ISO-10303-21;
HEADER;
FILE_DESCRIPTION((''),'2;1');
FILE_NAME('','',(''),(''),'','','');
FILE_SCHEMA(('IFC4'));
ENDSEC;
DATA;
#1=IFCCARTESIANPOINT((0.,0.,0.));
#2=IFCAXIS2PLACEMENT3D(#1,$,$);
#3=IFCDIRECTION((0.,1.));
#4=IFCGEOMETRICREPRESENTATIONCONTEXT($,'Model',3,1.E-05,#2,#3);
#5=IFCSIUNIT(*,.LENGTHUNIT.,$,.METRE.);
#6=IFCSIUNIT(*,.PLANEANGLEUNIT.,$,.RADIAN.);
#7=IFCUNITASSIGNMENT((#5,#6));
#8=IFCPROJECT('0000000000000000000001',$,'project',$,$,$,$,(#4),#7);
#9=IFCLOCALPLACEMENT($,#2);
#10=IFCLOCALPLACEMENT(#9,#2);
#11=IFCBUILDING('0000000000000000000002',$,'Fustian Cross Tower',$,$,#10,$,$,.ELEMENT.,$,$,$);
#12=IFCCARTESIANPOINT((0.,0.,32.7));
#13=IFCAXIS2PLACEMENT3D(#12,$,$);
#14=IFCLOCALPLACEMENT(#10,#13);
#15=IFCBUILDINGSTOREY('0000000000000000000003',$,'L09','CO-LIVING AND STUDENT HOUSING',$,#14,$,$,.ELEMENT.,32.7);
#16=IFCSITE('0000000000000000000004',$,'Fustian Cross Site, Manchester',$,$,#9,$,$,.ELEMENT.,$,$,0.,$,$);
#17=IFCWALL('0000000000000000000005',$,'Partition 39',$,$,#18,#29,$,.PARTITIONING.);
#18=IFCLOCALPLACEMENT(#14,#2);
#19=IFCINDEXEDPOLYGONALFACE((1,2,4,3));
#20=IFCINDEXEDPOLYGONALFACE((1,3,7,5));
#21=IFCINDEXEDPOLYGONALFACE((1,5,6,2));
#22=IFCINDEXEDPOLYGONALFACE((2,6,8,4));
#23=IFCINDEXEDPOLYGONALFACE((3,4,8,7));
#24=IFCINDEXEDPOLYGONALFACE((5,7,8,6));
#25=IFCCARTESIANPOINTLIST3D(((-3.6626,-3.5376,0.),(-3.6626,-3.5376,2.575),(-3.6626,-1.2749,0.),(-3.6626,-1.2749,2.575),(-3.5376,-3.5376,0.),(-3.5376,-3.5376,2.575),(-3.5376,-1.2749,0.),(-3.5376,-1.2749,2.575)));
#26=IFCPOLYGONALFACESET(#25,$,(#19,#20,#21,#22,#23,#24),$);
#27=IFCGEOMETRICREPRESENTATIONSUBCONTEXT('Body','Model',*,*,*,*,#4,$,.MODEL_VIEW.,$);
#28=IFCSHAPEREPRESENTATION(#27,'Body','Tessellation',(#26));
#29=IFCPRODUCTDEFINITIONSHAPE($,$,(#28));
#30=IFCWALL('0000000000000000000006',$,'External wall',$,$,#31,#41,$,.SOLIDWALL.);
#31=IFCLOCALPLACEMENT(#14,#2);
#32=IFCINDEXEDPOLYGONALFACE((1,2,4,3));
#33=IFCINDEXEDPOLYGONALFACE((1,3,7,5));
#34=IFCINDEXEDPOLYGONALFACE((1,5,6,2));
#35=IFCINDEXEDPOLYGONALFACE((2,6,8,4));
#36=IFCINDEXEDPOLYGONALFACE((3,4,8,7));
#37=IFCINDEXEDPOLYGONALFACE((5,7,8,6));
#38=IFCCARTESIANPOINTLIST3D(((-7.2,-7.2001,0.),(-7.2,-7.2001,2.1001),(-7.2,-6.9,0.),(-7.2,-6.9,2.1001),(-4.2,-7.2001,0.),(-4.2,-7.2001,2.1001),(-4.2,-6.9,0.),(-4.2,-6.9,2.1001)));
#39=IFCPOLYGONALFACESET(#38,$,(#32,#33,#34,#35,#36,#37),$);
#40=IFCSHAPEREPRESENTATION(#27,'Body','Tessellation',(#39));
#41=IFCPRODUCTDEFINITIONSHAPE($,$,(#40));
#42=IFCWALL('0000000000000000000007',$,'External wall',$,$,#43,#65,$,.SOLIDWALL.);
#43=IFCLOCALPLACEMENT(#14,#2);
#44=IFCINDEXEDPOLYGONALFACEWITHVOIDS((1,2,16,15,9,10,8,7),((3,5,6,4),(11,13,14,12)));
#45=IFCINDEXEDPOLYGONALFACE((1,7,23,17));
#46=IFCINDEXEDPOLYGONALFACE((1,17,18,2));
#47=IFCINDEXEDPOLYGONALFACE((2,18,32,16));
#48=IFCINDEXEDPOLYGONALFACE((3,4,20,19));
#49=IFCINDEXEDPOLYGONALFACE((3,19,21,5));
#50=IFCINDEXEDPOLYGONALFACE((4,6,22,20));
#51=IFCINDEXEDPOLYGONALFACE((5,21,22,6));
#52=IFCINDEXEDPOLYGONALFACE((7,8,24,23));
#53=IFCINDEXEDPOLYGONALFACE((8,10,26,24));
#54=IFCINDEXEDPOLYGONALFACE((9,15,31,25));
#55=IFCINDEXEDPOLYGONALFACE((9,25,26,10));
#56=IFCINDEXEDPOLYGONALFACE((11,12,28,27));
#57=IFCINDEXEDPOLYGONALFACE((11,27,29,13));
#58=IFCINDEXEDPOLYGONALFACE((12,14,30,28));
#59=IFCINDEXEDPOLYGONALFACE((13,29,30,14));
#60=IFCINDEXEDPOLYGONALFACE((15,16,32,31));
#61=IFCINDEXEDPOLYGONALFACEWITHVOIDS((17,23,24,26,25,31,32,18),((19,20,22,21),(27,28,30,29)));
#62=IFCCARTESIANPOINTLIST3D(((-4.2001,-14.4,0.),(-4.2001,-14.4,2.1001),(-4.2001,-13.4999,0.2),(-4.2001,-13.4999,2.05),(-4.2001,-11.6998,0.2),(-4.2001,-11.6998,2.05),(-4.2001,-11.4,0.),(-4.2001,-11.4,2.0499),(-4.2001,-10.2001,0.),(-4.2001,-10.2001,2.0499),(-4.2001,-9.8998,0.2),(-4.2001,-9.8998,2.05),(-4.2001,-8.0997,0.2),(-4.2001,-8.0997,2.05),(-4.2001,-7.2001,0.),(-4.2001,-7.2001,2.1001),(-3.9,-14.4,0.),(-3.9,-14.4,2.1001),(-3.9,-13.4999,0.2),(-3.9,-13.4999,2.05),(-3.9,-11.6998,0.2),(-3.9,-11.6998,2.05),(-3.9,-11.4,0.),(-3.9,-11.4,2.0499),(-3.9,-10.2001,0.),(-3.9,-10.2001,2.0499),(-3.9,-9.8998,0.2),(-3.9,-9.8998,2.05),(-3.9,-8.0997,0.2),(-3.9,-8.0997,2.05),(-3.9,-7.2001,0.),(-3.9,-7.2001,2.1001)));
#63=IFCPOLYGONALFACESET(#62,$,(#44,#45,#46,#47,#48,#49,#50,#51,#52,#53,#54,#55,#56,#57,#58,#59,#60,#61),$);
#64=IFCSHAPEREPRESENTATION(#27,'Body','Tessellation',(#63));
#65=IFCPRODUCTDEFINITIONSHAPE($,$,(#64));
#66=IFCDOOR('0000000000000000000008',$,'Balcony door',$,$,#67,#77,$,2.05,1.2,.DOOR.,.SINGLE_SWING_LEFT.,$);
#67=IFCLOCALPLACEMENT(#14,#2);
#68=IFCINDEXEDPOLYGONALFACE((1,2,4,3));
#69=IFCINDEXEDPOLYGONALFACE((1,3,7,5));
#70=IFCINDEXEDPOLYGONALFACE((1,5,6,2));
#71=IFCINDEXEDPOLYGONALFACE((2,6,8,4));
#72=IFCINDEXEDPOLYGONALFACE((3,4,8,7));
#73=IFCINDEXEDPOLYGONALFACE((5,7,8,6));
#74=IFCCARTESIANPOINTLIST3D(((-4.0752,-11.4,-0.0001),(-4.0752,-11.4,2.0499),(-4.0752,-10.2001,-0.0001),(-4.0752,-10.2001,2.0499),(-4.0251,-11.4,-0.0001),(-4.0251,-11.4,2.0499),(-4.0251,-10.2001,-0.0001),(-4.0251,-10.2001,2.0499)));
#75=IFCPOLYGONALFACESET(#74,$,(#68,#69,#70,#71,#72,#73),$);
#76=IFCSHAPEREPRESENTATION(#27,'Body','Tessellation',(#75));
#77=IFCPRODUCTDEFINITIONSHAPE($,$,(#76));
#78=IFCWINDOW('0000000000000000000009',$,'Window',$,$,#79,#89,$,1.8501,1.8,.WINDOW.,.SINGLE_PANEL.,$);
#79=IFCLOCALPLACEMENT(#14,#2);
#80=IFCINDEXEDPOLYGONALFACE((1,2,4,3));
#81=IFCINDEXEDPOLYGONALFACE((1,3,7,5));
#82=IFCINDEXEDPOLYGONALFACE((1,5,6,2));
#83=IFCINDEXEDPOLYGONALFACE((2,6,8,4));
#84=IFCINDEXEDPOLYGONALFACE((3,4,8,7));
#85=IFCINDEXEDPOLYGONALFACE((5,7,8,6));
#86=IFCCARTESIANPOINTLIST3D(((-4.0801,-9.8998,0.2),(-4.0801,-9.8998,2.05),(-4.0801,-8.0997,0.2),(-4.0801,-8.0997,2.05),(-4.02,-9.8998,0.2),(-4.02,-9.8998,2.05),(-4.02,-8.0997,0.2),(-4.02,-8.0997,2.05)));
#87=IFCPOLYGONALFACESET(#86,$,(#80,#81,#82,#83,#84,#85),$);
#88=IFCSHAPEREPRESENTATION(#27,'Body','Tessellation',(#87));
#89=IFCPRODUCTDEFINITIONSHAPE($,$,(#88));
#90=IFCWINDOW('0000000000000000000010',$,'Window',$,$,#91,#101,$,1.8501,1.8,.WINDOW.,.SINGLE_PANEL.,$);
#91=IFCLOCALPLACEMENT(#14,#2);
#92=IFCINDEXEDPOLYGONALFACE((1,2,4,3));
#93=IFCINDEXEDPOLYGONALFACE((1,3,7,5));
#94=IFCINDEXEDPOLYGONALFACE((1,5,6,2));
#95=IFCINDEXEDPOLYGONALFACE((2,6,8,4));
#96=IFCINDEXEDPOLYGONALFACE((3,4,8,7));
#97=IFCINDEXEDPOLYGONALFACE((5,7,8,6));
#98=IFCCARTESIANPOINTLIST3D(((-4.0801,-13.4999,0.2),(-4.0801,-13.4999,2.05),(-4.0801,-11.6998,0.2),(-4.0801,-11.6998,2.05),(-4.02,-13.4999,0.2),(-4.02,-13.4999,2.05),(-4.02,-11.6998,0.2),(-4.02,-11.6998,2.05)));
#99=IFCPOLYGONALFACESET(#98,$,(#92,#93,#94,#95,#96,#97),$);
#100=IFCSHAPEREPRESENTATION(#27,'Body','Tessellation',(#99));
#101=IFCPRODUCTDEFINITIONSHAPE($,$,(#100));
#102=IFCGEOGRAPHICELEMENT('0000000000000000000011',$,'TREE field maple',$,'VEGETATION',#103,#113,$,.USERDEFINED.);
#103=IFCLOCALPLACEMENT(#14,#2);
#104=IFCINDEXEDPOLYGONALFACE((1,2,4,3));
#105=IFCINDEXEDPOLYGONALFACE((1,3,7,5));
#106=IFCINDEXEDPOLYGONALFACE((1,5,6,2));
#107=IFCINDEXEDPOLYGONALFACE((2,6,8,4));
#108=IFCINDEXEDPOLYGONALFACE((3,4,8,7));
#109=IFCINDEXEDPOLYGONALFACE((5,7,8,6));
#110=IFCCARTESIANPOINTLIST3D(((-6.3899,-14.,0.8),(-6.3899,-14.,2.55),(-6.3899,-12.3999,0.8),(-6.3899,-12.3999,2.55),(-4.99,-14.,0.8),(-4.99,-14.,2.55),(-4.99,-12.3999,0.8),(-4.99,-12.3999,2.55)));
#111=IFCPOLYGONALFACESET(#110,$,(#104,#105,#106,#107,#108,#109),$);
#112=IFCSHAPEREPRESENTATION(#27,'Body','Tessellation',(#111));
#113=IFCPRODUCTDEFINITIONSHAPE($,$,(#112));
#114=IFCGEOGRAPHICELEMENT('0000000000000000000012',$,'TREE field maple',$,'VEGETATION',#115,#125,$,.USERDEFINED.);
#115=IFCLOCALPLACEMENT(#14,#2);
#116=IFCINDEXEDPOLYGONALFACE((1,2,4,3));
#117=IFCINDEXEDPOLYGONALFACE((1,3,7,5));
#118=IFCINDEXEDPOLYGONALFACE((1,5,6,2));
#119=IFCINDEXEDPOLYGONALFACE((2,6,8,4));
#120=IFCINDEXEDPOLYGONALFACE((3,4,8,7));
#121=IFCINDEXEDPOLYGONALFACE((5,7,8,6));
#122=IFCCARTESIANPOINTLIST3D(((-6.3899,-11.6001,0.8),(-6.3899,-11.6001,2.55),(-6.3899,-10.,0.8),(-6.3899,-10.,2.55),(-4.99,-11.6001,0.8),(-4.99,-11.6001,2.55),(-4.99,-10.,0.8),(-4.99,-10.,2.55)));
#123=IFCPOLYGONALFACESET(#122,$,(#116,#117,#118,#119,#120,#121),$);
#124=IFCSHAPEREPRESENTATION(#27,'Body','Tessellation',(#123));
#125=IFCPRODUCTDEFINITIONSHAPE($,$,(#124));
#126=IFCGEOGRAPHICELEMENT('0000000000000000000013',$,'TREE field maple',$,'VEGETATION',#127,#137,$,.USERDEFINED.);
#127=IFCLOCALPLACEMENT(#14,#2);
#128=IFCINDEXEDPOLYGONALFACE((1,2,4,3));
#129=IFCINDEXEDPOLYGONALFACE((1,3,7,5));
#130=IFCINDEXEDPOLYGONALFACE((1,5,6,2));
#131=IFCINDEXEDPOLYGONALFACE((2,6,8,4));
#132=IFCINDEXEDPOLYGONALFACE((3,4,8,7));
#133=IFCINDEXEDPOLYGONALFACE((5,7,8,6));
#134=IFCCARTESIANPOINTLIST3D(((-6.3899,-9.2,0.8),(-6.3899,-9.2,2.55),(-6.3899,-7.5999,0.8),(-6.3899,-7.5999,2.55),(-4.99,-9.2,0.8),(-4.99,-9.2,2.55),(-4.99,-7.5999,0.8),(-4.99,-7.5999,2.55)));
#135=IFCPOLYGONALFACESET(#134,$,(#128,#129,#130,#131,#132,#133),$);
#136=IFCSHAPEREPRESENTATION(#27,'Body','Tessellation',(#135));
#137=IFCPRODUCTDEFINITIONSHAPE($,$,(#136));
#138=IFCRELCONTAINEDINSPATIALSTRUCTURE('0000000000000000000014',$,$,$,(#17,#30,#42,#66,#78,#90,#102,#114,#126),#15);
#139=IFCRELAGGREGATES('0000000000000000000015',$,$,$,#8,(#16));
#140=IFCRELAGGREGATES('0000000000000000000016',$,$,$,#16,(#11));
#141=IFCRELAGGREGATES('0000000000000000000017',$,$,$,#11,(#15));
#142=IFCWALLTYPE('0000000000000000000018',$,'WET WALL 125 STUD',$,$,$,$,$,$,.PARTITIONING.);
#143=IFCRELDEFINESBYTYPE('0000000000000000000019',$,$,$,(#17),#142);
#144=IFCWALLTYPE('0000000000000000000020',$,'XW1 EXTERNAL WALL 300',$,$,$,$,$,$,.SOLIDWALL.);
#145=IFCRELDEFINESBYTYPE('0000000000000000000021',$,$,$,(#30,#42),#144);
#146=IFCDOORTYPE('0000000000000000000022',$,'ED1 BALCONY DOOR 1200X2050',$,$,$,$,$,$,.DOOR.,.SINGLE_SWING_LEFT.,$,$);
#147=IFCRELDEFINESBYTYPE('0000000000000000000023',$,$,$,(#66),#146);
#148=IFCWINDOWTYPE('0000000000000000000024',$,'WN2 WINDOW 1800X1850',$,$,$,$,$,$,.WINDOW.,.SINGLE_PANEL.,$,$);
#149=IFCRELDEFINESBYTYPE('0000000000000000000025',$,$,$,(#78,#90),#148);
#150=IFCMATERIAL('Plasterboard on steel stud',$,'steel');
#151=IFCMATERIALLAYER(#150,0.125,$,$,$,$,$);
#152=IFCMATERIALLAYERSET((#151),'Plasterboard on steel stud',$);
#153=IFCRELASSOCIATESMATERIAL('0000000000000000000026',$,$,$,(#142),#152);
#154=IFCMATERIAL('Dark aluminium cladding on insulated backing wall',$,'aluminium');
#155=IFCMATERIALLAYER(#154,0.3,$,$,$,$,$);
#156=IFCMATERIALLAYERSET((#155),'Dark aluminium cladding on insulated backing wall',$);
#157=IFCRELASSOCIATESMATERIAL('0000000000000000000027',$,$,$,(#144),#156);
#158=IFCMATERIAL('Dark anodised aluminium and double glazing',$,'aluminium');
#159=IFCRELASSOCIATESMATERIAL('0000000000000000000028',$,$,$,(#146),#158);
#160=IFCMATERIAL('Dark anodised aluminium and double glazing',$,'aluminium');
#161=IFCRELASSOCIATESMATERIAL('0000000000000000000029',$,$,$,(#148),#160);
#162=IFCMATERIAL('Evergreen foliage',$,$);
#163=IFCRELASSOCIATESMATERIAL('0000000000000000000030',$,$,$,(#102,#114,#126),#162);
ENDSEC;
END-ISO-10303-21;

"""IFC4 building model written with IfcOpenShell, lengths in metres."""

from ifc_helpers import new_model, si_unit, direction, frame, frame_2d, origin, origin_2d, place, context, subcontext, project, spatial, rectangle, extrude, material, layer, layer_set, type_object, element, fill, save


model = new_model("IFC4")

# Units and contexts
model_context = context("Model", 3, precision=1e-05, world=origin(), true_north=direction((0.0, 1.0)))
body_context = subcontext(model_context, "Body", "Model", "MODEL_VIEW")
ifc_project = project(units=[si_unit("LENGTHUNIT", "METRE"), si_unit("PLANEANGLEUNIT", "RADIAN")], contexts=[model_context])

# Site, building, storey
site_placement = place(None, origin())
site = spatial("IfcSite", under=ifc_project, at=site_placement, Name="Fustian Cross Site, Manchester", CompositionType="ELEMENT", RefElevation=0.0)
building_placement = place(site_placement, origin())
building = spatial("IfcBuilding", under=site, at=building_placement, Name="Fustian Cross Tower", CompositionType="ELEMENT")
storey_placement = place(building_placement, frame((0.0, 0.0, 32.7)))
storey = spatial("IfcBuildingStorey", under=building, at=storey_placement, Name="L09", Description="CO-LIVING AND STUDENT HOUSING", CompositionType="ELEMENT", Elevation=32.7)

# Walls
ifc_material_1 = material(Name="Plasterboard on steel stud", Category="steel")
ifc_layer_1 = layer(ifc_material_1, 0.125)
ifc_layer_set_1 = layer_set([ifc_layer_1], Name="Plasterboard on steel stud")
wall_type_1 = type_object("IfcWallType", Name="WET WALL 125 STUD", PredefinedType="PARTITIONING", material=ifc_layer_set_1)
wall_1_placement = place(storey_placement, frame((-3.6001, -3.5376, 0.0), z_axis=(0.0, 0.0, 1.0), x_axis=(0.0, 1.0, 0.0)))
element("IfcWall", 1, at=wall_1_placement, inside=storey, type_object=wall_type_1, Name="Partition 39", PredefinedType="PARTITIONING", context=body_context, shape_type="SweptSolid", body=[
    extrude(rectangle(XDim=2.2627, YDim=0.125, at=frame_2d((1.1313, 0.0))), origin(), (0.0, 0.0, 1.0), 2.575),
])
ifc_material_2 = material(Name="Dark aluminium cladding on insulated backing wall", Category="aluminium")
ifc_layer_2 = layer(ifc_material_2, 0.3)
ifc_layer_set_2 = layer_set([ifc_layer_2], Name="Dark aluminium cladding on insulated backing wall")
wall_type_2 = type_object("IfcWallType", Name="XW1 EXTERNAL WALL 300", PredefinedType="SOLIDWALL", material=ifc_layer_set_2)
wall_2_placement = place(storey_placement, frame((-7.2, -7.05, 0.0), z_axis=(0.0, 0.0, 1.0), x_axis=(1.0, 0.0, 0.0)))
element("IfcWall", 2, at=wall_2_placement, inside=storey, type_object=wall_type_2, Name="External wall", PredefinedType="SOLIDWALL", context=body_context, shape_type="SweptSolid", body=[
    extrude(rectangle(XDim=3.0, YDim=0.3, at=frame_2d((1.5, 0.0))), origin(), (0.0, 0.0, 1.0), 2.1001),
])

# Wall, openings, door, windows
wall_3_placement = place(storey_placement, frame((-4.05, -7.2, 0.0), z_axis=(0.0, 0.0, 1.0), x_axis=(0.0, -1.0, 0.0)))
wall_3 = element("IfcWall", 3, at=wall_3_placement, inside=storey, type_object=wall_type_2, Name="External wall", PredefinedType="SOLIDWALL", context=body_context, shape_type="SweptSolid", body=[
    extrude(rectangle(XDim=7.2, YDim=0.3, at=frame_2d((3.6001, 0.0))), origin(), (0.0, 0.0, 1.0), 2.1001),
])
opening_1_placement = place(wall_3_placement, frame((3.0, 0.0, 0.0)))
opening_1 = element("IfcOpeningElement", 4, at=opening_1_placement, cuts=wall_3, PredefinedType="OPENING", context=body_context, shape_type="SweptSolid", body=[
    extrude(rectangle(XDim=1.2, YDim=2.05, at=frame_2d((0.6001, 1.0249))), frame((0.0, 0.1599, 0.0), z_axis=(0.0, -1.0, 0.0), x_axis=(1.0, 0.0, 0.0)), (0.0, 0.0, 1.0), 0.3201),
])
opening_2_placement = place(wall_3_placement, frame((0.8999, 0.0, 0.2)))
opening_2 = element("IfcOpeningElement", 5, at=opening_2_placement, cuts=wall_3, PredefinedType="OPENING", context=body_context, shape_type="SweptSolid", body=[
    extrude(rectangle(XDim=1.8, YDim=1.8501, at=frame_2d((0.8999, 0.925))), frame((0.0, 0.1599, 0.0), z_axis=(0.0, -1.0, 0.0), x_axis=(1.0, 0.0, 0.0)), (0.0, 0.0, 1.0), 0.3201),
])
opening_3_placement = place(wall_3_placement, frame((4.5, 0.0, 0.2)))
opening_3 = element("IfcOpeningElement", 6, at=opening_3_placement, cuts=wall_3, PredefinedType="OPENING", context=body_context, shape_type="SweptSolid", body=[
    extrude(rectangle(XDim=1.8, YDim=1.8501, at=frame_2d((0.8999, 0.925))), frame((0.0, 0.1599, 0.0), z_axis=(0.0, -1.0, 0.0), x_axis=(1.0, 0.0, 0.0)), (0.0, 0.0, 1.0), 0.3201),
])
ifc_material_3 = material(Name="Dark anodised aluminium and double glazing", Category="aluminium")
door_type_1 = type_object("IfcDoorType", Name="ED1 BALCONY DOOR 1200X2050", OperationType="SINGLE_SWING_LEFT", PredefinedType="DOOR", material=ifc_material_3)
door_1_placement = place(opening_1_placement, origin())
door_1 = element("IfcDoor", 7, at=door_1_placement, inside=storey, type_object=door_type_1, Name="Balcony door", OperationType="SINGLE_SWING_LEFT", OverallHeight=2.05, OverallWidth=1.2, PredefinedType="DOOR", context=body_context, shape_type="SweptSolid", body=[
    extrude(rectangle(XDim=1.2, YDim=2.05, at=frame_2d((0.6001, 1.0249))), frame((0.0, 0.0249, 0.0), z_axis=(0.0, -1.0, 0.0), x_axis=(1.0, 0.0, 0.0)), (0.0, 0.0, 1.0), 0.05),
])
fill(opening_1, door_1)
ifc_material_4 = material(Name="Dark anodised aluminium and double glazing", Category="aluminium")
window_type = type_object("IfcWindowType", Name="WN2 WINDOW 1800X1850", PartitioningType="SINGLE_PANEL", PredefinedType="WINDOW", material=ifc_material_4)
window_1_placement = place(opening_2_placement, origin())
window_1 = element("IfcWindow", 8, at=window_1_placement, inside=storey, type_object=window_type, Name="Window", OverallHeight=1.8501, OverallWidth=1.8, PartitioningType="SINGLE_PANEL", PredefinedType="WINDOW", context=body_context, shape_type="SweptSolid", body=[
    extrude(rectangle(XDim=1.8, YDim=1.8501, at=frame_2d((0.8999, 0.925))), frame((0.0, 0.03, 0.0), z_axis=(0.0, -1.0, 0.0), x_axis=(1.0, 0.0, 0.0)), (0.0, 0.0, 1.0), 0.0601),
])
fill(opening_2, window_1)
window_2_placement = place(opening_3_placement, origin())
window_2 = element("IfcWindow", 9, at=window_2_placement, inside=storey, type_object=window_type, Name="Window", OverallHeight=1.8501, OverallWidth=1.8, PartitioningType="SINGLE_PANEL", PredefinedType="WINDOW", context=body_context, shape_type="SweptSolid", body=[
    extrude(rectangle(XDim=1.8, YDim=1.8501, at=frame_2d((0.8999, 0.925))), frame((0.0, 0.03, 0.0), z_axis=(0.0, -1.0, 0.0), x_axis=(1.0, 0.0, 0.0)), (0.0, 0.0, 1.0), 0.0601),
])
fill(opening_3, window_2)

# Geographic elements
ifc_material_5 = material(Name="Evergreen foliage")
for number, where, z_axis, x_axis, name in (
    (10, (-5.6899, -13.2, 0.8), (0.0, 0.0, 1.0), (1.0, 0.0, 0.0), "TREE field maple"),
    (11, (-5.6899, -10.8, 0.8), (0.0, 0.0, 1.0), (1.0, 0.0, 0.0), "TREE field maple"),
    (12, (-5.6899, -8.3999, 0.8), (0.0, 0.0, 1.0), (1.0, 0.0, 0.0), "TREE field maple"),
):
    element("IfcGeographicElement", number, at=place(storey_placement, frame(where, z_axis=z_axis, x_axis=x_axis)), inside=storey, material=ifc_material_5, Name=name, ObjectType="VEGETATION", PredefinedType="USERDEFINED", context=body_context, shape_type="SweptSolid", body=[
        extrude(rectangle(XDim=1.3999, YDim=1.6001, at=origin_2d()), origin(), (0.0, 0.0, 1.0), 1.75),
    ])

save(model, "model.ifc")
